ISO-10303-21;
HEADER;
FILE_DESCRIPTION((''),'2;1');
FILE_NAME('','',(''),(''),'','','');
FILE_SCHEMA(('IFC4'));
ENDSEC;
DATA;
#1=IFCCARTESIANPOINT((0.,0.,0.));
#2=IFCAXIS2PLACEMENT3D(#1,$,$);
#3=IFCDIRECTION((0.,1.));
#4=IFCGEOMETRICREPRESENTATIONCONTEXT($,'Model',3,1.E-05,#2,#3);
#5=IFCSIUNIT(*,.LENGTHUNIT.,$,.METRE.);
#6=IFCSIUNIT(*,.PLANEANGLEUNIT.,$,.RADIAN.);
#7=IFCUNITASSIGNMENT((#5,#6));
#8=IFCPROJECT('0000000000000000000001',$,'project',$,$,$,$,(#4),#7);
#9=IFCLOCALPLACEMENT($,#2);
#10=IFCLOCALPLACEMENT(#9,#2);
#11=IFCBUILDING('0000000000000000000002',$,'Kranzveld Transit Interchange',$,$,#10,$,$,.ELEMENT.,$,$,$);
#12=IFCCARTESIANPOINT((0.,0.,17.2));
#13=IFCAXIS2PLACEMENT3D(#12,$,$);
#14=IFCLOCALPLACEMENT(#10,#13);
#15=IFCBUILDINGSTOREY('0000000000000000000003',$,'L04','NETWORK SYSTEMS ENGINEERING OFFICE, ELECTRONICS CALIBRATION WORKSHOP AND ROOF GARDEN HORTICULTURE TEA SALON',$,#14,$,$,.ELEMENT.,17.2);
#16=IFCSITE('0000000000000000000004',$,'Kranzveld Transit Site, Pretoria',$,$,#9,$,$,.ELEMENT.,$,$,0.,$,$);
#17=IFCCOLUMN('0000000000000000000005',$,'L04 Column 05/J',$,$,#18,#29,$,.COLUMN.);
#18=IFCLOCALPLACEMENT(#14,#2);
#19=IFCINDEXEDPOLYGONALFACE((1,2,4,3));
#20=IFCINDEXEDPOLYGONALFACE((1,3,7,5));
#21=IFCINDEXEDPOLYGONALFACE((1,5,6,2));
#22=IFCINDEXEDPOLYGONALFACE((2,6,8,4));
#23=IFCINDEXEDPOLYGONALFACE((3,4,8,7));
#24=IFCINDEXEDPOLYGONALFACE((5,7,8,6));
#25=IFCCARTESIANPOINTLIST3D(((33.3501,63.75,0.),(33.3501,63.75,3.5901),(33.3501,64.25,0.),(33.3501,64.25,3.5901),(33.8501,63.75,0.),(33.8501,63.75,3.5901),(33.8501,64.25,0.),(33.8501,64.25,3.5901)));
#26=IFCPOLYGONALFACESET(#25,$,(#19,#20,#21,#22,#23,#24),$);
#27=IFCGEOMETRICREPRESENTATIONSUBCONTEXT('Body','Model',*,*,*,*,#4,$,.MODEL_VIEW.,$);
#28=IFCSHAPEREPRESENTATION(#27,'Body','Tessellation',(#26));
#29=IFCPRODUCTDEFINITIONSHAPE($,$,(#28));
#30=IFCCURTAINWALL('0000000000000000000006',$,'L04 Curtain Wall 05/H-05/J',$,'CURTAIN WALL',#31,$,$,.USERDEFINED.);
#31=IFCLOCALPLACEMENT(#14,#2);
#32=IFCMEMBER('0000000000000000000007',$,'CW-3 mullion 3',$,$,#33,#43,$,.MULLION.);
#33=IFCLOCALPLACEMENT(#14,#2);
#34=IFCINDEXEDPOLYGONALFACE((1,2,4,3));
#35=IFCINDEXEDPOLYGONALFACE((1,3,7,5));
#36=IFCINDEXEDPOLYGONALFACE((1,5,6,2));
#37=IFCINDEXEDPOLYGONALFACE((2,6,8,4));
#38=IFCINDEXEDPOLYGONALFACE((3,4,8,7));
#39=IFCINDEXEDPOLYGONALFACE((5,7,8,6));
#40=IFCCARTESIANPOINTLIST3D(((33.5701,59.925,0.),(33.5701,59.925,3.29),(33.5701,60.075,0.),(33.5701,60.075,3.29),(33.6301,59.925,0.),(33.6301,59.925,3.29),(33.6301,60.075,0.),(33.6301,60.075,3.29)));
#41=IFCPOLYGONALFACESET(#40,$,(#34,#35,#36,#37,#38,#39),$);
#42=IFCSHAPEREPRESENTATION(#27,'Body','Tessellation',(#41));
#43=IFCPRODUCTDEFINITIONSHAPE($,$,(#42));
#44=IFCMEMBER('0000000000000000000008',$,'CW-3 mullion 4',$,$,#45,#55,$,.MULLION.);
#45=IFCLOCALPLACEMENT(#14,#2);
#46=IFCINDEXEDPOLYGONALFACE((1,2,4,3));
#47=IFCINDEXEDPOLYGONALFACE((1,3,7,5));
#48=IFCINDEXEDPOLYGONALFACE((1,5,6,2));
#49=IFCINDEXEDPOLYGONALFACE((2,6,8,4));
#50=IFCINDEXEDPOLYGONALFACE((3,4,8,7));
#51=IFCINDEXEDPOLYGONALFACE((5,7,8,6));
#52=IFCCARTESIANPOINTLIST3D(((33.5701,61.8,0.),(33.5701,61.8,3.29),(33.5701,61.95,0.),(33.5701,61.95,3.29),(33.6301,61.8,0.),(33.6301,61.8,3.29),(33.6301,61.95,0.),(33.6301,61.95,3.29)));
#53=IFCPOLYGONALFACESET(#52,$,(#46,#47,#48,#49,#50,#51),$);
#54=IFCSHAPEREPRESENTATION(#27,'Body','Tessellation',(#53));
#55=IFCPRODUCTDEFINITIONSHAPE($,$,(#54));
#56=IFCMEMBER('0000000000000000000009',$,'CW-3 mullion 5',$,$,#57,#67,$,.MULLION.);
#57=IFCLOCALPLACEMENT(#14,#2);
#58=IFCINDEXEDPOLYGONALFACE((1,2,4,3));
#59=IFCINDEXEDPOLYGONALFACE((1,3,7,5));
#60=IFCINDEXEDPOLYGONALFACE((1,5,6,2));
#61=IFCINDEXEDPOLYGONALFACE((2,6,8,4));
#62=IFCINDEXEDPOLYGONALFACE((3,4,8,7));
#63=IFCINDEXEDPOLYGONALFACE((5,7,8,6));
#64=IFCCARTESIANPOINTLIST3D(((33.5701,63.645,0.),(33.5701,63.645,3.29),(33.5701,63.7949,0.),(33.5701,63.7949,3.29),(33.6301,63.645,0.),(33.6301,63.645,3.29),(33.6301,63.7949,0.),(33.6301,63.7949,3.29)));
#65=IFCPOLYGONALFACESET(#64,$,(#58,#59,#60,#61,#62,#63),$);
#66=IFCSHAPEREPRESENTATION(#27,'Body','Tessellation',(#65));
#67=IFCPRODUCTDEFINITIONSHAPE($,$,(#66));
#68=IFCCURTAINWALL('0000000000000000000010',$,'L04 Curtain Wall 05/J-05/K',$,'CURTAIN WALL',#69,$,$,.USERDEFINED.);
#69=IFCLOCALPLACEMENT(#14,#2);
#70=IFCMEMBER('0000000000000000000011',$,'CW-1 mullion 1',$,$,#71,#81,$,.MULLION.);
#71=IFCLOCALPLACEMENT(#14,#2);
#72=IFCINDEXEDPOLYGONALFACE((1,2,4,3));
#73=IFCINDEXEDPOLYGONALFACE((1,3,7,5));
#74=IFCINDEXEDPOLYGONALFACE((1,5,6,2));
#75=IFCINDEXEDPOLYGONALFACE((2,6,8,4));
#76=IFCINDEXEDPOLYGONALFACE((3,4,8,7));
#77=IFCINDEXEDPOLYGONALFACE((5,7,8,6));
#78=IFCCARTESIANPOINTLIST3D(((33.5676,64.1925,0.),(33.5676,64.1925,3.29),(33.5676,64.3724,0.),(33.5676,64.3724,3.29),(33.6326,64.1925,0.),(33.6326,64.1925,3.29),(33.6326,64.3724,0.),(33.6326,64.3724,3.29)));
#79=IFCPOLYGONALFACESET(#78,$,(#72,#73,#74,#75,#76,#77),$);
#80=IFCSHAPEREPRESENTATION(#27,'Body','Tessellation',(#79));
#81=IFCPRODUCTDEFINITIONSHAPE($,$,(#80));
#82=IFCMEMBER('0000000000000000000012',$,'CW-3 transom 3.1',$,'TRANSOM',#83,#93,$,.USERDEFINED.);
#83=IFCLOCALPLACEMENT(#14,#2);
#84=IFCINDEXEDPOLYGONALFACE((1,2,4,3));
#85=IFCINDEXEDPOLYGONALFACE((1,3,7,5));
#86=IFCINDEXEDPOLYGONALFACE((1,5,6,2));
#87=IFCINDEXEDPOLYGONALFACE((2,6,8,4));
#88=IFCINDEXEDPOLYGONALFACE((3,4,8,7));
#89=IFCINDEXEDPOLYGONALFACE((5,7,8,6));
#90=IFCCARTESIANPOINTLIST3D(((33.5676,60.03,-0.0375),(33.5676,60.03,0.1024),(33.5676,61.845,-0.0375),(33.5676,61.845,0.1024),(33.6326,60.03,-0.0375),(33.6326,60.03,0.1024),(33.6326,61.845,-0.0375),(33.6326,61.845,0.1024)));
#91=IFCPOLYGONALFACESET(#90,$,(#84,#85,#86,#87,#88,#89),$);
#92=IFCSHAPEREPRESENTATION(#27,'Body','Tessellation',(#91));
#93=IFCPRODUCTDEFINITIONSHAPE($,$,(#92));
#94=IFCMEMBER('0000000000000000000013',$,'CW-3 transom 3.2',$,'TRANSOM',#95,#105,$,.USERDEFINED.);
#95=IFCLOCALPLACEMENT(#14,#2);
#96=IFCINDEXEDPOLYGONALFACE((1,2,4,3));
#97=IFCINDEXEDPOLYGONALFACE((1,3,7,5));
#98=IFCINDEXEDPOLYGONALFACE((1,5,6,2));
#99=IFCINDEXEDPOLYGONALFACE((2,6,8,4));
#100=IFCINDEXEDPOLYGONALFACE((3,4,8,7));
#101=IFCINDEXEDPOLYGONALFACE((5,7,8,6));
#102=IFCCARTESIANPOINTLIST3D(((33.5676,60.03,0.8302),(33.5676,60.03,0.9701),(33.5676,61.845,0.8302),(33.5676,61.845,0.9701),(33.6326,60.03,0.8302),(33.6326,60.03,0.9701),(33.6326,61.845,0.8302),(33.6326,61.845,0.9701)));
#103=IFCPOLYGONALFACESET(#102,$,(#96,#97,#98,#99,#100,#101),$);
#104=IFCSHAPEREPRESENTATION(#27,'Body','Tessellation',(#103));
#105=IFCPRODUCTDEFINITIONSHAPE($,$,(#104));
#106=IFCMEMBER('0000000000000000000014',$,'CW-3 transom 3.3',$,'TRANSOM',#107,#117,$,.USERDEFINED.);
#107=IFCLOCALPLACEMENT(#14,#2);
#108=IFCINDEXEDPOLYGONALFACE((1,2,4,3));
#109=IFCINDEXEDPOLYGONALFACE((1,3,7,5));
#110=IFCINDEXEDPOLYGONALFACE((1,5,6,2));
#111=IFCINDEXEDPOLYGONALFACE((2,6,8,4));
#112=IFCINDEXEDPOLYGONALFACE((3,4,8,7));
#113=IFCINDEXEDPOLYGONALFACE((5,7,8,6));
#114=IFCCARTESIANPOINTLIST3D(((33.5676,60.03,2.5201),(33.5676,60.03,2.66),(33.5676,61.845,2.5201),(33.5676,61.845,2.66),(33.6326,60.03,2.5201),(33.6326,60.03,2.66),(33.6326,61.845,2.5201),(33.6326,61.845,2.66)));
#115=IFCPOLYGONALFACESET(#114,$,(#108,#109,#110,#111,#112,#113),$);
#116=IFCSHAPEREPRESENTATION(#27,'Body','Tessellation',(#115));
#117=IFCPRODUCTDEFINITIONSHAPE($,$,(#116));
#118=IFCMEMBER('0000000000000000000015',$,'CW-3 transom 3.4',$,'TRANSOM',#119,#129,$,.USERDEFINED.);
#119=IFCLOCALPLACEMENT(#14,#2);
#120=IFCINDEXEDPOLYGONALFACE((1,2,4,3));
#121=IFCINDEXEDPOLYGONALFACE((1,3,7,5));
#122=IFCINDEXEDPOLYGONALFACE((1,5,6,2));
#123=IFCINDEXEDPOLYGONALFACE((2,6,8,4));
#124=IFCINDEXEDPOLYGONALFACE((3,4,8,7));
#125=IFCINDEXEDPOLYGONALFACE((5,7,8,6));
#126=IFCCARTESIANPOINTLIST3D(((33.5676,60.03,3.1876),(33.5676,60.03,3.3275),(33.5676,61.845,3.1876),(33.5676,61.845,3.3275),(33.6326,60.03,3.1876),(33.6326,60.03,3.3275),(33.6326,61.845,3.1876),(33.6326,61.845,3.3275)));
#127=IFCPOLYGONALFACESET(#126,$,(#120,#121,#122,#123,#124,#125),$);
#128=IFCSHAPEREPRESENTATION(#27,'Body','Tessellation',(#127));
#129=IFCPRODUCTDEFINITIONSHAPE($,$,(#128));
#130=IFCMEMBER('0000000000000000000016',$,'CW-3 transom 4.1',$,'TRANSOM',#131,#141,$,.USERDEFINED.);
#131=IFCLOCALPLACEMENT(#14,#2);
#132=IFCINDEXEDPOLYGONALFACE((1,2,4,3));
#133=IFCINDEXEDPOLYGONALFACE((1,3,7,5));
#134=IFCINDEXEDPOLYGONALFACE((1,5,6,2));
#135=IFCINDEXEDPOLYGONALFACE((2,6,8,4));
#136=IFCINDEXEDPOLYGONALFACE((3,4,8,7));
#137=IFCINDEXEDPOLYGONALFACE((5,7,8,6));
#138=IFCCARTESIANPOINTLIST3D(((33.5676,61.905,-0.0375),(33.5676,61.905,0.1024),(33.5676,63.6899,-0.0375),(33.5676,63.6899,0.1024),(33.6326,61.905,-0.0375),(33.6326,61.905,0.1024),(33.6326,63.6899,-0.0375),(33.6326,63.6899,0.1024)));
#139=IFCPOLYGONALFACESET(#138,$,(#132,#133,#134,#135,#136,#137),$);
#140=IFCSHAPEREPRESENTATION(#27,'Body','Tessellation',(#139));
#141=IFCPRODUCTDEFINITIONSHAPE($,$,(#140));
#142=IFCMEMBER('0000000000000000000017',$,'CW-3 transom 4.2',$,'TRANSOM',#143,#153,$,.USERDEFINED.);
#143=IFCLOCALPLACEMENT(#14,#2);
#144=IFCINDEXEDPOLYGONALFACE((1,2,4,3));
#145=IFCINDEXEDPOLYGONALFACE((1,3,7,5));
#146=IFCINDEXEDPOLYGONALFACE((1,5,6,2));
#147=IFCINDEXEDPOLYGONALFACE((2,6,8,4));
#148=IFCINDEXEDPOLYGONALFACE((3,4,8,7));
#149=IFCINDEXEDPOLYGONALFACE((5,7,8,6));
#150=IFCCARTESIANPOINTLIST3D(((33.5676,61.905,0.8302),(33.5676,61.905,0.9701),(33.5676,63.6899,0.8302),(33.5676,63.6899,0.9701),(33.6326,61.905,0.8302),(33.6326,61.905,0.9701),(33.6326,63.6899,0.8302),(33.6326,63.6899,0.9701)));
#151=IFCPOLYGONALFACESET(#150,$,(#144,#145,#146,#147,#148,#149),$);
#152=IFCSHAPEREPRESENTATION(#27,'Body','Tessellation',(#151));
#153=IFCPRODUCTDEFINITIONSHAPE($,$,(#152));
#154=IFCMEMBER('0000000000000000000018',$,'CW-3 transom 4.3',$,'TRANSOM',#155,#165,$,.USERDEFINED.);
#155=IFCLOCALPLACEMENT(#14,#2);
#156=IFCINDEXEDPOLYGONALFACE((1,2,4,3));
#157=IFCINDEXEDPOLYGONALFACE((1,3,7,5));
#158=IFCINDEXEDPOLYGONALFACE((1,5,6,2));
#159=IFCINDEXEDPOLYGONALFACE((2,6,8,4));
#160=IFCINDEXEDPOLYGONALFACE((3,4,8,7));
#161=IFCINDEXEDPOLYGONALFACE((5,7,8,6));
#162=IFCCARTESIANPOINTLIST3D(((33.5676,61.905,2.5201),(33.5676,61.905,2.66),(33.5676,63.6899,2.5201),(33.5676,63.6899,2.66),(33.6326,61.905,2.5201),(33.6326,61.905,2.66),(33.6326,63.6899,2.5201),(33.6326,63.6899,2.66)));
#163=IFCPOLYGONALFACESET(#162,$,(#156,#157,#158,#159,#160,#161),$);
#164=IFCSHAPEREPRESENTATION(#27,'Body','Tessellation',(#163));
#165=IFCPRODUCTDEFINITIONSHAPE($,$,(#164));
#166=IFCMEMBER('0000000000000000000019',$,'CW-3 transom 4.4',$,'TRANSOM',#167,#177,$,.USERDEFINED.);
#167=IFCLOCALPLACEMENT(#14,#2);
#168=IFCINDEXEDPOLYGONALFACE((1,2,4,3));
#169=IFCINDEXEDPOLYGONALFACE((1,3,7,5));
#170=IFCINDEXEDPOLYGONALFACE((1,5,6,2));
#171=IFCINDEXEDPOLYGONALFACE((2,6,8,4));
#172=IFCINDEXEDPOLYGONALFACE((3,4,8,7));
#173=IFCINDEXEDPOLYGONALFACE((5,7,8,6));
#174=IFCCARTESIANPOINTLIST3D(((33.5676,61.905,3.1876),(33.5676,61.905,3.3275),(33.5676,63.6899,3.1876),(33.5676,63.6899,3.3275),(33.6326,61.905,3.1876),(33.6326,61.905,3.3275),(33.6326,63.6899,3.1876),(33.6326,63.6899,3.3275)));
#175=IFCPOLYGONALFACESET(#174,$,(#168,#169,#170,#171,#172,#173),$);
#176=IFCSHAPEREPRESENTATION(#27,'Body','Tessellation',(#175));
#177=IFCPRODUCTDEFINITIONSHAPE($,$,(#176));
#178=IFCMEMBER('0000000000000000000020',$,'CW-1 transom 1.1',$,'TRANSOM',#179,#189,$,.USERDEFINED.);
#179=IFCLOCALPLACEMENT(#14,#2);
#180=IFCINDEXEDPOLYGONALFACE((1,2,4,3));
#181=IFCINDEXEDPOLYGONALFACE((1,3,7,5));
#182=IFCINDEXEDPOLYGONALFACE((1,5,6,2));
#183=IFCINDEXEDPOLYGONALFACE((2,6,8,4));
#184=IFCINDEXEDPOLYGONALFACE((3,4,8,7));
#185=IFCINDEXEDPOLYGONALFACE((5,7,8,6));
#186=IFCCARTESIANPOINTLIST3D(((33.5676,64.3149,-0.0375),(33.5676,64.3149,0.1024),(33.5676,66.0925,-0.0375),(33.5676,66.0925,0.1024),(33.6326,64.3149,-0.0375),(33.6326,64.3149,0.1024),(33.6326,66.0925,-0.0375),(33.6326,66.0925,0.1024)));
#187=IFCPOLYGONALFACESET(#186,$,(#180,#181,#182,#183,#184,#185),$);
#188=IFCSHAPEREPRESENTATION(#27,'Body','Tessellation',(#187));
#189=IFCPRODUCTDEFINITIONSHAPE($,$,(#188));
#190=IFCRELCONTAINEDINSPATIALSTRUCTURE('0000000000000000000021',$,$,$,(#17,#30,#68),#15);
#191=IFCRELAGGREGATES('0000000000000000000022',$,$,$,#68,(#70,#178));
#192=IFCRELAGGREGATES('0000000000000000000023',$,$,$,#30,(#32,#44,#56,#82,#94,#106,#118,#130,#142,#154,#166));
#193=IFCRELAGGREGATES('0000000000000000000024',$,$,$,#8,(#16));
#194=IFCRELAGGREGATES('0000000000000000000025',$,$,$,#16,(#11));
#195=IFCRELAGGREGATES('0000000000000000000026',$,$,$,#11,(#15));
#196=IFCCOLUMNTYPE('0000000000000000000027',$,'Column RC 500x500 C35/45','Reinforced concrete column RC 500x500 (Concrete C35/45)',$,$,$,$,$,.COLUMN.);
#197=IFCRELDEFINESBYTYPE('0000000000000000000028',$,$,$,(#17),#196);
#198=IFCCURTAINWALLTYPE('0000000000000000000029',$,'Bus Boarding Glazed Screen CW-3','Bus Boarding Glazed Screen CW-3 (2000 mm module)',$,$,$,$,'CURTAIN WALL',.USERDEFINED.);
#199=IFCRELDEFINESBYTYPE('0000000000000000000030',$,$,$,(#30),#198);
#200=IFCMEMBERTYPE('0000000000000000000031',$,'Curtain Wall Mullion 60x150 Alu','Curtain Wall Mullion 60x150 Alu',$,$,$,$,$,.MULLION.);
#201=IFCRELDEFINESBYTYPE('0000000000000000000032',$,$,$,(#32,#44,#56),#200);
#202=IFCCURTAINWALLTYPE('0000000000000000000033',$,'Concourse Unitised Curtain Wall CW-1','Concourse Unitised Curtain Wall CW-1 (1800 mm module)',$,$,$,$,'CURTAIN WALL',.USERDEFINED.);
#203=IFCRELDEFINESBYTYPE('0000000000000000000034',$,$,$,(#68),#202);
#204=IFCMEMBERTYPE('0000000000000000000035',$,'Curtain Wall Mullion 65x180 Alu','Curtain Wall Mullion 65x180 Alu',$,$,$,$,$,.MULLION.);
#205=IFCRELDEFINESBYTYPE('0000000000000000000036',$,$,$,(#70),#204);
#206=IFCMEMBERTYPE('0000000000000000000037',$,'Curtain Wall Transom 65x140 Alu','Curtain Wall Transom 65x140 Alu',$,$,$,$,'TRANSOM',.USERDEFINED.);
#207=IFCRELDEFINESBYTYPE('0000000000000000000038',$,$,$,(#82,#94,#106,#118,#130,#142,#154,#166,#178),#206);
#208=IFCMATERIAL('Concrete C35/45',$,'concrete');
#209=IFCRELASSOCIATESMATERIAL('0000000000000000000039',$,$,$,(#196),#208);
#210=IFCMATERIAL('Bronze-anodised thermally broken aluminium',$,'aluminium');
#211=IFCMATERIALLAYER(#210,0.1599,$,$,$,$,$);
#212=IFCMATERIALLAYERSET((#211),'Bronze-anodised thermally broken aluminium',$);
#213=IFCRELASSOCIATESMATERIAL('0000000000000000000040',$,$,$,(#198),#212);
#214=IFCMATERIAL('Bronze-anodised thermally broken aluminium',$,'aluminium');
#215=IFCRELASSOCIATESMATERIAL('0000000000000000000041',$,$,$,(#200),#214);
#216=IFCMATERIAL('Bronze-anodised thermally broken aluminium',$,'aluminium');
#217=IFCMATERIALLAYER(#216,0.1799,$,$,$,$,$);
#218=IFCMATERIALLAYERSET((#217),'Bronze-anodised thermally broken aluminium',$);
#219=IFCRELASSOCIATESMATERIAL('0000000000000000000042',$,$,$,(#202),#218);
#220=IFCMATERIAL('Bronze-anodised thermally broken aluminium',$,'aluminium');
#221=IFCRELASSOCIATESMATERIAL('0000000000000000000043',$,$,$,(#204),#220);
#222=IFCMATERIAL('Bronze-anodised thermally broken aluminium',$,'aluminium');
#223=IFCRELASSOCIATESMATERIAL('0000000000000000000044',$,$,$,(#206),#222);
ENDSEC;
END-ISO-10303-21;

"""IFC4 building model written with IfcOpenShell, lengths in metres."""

from ifc_helpers import new_model, si_unit, direction, frame, origin, origin_2d, place, context, subcontext, project, spatial, rectangle, extrude, material, layer, layer_set, material_profile, profile_set, type_object, element, aggregate, save


model = new_model("IFC4")

# Units and contexts
model_context = context("Model", 3, precision=1e-05, world=origin(), true_north=direction((0.0, 1.0)))
body_context = subcontext(model_context, "Body", "Model", "MODEL_VIEW")
ifc_project = project(units=[si_unit("LENGTHUNIT", "METRE"), si_unit("PLANEANGLEUNIT", "RADIAN")], contexts=[model_context])

# Site, building, storey
site_placement = place(None, origin())
site = spatial("IfcSite", under=ifc_project, at=site_placement, Name="Kranzveld Transit Site, Pretoria", CompositionType="ELEMENT", RefElevation=0.0)
building_placement = place(site_placement, origin())
building = spatial("IfcBuilding", under=site, at=building_placement, Name="Kranzveld Transit Interchange", CompositionType="ELEMENT")
storey_placement = place(building_placement, frame((0.0, 0.0, 17.2)))
storey = spatial("IfcBuildingStorey", under=building, at=storey_placement, Name="L04", Description="NETWORK SYSTEMS ENGINEERING OFFICE, ELECTRONICS CALIBRATION WORKSHOP AND ROOF GARDEN HORTICULTURE TEA SALON", CompositionType="ELEMENT", Elevation=17.2)

# Column
ifc_material_1 = material(Name="Concrete C35/45", Category="concrete")
ifc_material_profile_1 = material_profile(ifc_material_1, rectangle(XDim=0.5, YDim=0.5, at=origin_2d()), Name="RC 500x500")
ifc_profile_set_1 = profile_set([ifc_material_profile_1], Name="Concrete C35/45")
column_type = type_object("IfcColumnType", Name="Column RC 500x500 C35/45", Description="Reinforced concrete column RC 500x500 (Concrete C35/45)", PredefinedType="COLUMN", material=ifc_profile_set_1)
column_placement = place(storey_placement, frame((33.6001, 64.0, 0.0), z_axis=(0.0, 0.0, 1.0), x_axis=(1.0, 0.0, 0.0)))
element("IfcColumn", 1, at=column_placement, inside=storey, type_object=column_type, Name="L04 Column 05/J", PredefinedType="COLUMN", context=body_context, shape_type="SweptSolid", body=[
    extrude(rectangle(XDim=0.5, YDim=0.5, at=origin_2d()), origin(), (0.0, 0.0, 1.0), 3.5901),
])

# Curtain wall, members
ifc_material_2 = material(Name="Bronze-anodised thermally broken aluminium", Category="aluminium")
ifc_layer_1 = layer(ifc_material_2, 0.1599)
ifc_layer_set_1 = layer_set([ifc_layer_1], Name="Bronze-anodised thermally broken aluminium")
curtain_wall_type_1 = type_object("IfcCurtainWallType", Name="Bus Boarding Glazed Screen CW-3", Description="Bus Boarding Glazed Screen CW-3 (2000 mm module)", ElementType="CURTAIN WALL", PredefinedType="USERDEFINED", material=ifc_layer_set_1)
curtain_wall_1_placement = place(storey_placement, origin())
curtain_wall_1 = element("IfcCurtainWall", 2, at=curtain_wall_1_placement, inside=storey, type_object=curtain_wall_type_1, Name="L04 Curtain Wall 05/H-05/J", ObjectType="CURTAIN WALL", PredefinedType="USERDEFINED")
ifc_material_3 = material(Name="Bronze-anodised thermally broken aluminium", Category="aluminium")
ifc_material_profile_2 = material_profile(ifc_material_3, rectangle(XDim=0.0601, YDim=0.1499, at=origin_2d()), Name="ALU MULLION 60x150")
ifc_profile_set_2 = profile_set([ifc_material_profile_2], Name="Bronze-anodised thermally broken aluminium")
member_type_1 = type_object("IfcMemberType", Name="Curtain Wall Mullion 60x150 Alu", Description="Curtain Wall Mullion 60x150 Alu", PredefinedType="MULLION", material=ifc_profile_set_2)
member_1_placement = place(storey_placement, frame((33.6001, 60.0, 0.0), z_axis=(0.0, 0.0, 1.0), x_axis=(-1.0, 0.0, 0.0)))
member_1 = element("IfcMember", 3, at=member_1_placement, type_object=member_type_1, Name="CW-3 mullion 3", PredefinedType="MULLION", context=body_context, shape_type="SweptSolid", body=[
    extrude(rectangle(XDim=0.0601, YDim=0.1499, at=origin_2d()), origin(), (0.0, 0.0, 1.0), 3.29),
])
member_2_placement = place(storey_placement, frame((33.6001, 61.875, 0.0), z_axis=(0.0, 0.0, 1.0), x_axis=(-1.0, 0.0, 0.0)))
member_2 = element("IfcMember", 4, at=member_2_placement, type_object=member_type_1, Name="CW-3 mullion 4", PredefinedType="MULLION", context=body_context, shape_type="SweptSolid", body=[
    extrude(rectangle(XDim=0.0601, YDim=0.1499, at=origin_2d()), origin(), (0.0, 0.0, 1.0), 3.29),
])
member_3_placement = place(storey_placement, frame((33.6001, 63.72, 0.0), z_axis=(0.0, 0.0, 1.0), x_axis=(-1.0, 0.0, 0.0)))
member_3 = element("IfcMember", 5, at=member_3_placement, type_object=member_type_1, Name="CW-3 mullion 5", PredefinedType="MULLION", context=body_context, shape_type="SweptSolid", body=[
    extrude(rectangle(XDim=0.0601, YDim=0.1499, at=origin_2d()), origin(), (0.0, 0.0, 1.0), 3.29),
])

# Curtain wall, member
ifc_material_4 = material(Name="Bronze-anodised thermally broken aluminium", Category="aluminium")
ifc_layer_2 = layer(ifc_material_4, 0.1799)
ifc_layer_set_2 = layer_set([ifc_layer_2], Name="Bronze-anodised thermally broken aluminium")
curtain_wall_type_2 = type_object("IfcCurtainWallType", Name="Concourse Unitised Curtain Wall CW-1", Description="Concourse Unitised Curtain Wall CW-1 (1800 mm module)", ElementType="CURTAIN WALL", PredefinedType="USERDEFINED", material=ifc_layer_set_2)
curtain_wall_2_placement = place(storey_placement, origin())
curtain_wall_2 = element("IfcCurtainWall", 6, at=curtain_wall_2_placement, inside=storey, type_object=curtain_wall_type_2, Name="L04 Curtain Wall 05/J-05/K", ObjectType="CURTAIN WALL", PredefinedType="USERDEFINED")
ifc_material_5 = material(Name="Bronze-anodised thermally broken aluminium", Category="aluminium")
ifc_material_profile_3 = material_profile(ifc_material_5, rectangle(XDim=0.0649, YDim=0.1799, at=origin_2d()), Name="ALU MULLION 65x180")
ifc_profile_set_3 = profile_set([ifc_material_profile_3], Name="Bronze-anodised thermally broken aluminium")
member_type_2 = type_object("IfcMemberType", Name="Curtain Wall Mullion 65x180 Alu", Description="Curtain Wall Mullion 65x180 Alu", PredefinedType="MULLION", material=ifc_profile_set_3)
member_4_placement = place(storey_placement, frame((33.6001, 64.2825, 0.0), z_axis=(0.0, 0.0, 1.0), x_axis=(-1.0, 0.0, 0.0)))
member_4 = element("IfcMember", 7, at=member_4_placement, type_object=member_type_2, Name="CW-1 mullion 1", PredefinedType="MULLION", context=body_context, shape_type="SweptSolid", body=[
    extrude(rectangle(XDim=0.0649, YDim=0.1799, at=origin_2d()), origin(), (0.0, 0.0, 1.0), 3.29),
])

# Members
ifc_material_6 = material(Name="Bronze-anodised thermally broken aluminium", Category="aluminium")
ifc_material_profile_4 = material_profile(ifc_material_6, rectangle(XDim=0.0649, YDim=0.1399, at=origin_2d()), Name="ALU TRANSOM 65x140")
ifc_profile_set_4 = profile_set([ifc_material_profile_4], Name="Bronze-anodised thermally broken aluminium")
member_type_3 = type_object("IfcMemberType", Name="Curtain Wall Transom 65x140 Alu", Description="Curtain Wall Transom 65x140 Alu", ElementType="TRANSOM", PredefinedType="USERDEFINED", material=ifc_profile_set_4)
member_5_placement = place(storey_placement, frame((33.6001, 60.03, 0.0325), z_axis=(0.0, 1.0, 0.0), x_axis=(-1.0, 0.0, 0.0)))
member_5 = element("IfcMember", 8, at=member_5_placement, type_object=member_type_3, Name="CW-3 transom 3.1", ObjectType="TRANSOM", PredefinedType="USERDEFINED", context=body_context, shape_type="SweptSolid", body=[
    extrude(rectangle(XDim=0.0649, YDim=0.1399, at=origin_2d()), origin(), (0.0, 0.0, 1.0), 1.8149),
])
member_6_placement = place(storey_placement, frame((33.6001, 60.03, 0.9001), z_axis=(0.0, 1.0, 0.0), x_axis=(-1.0, 0.0, 0.0)))
member_6 = element("IfcMember", 9, at=member_6_placement, type_object=member_type_3, Name="CW-3 transom 3.2", ObjectType="TRANSOM", PredefinedType="USERDEFINED", context=body_context, shape_type="SweptSolid", body=[
    extrude(rectangle(XDim=0.0649, YDim=0.1399, at=origin_2d()), origin(), (0.0, 0.0, 1.0), 1.8149),
])
member_7_placement = place(storey_placement, frame((33.6001, 60.03, 2.5901), z_axis=(0.0, 1.0, 0.0), x_axis=(-1.0, 0.0, 0.0)))
member_7 = element("IfcMember", 10, at=member_7_placement, type_object=member_type_3, Name="CW-3 transom 3.3", ObjectType="TRANSOM", PredefinedType="USERDEFINED", context=body_context, shape_type="SweptSolid", body=[
    extrude(rectangle(XDim=0.0649, YDim=0.1399, at=origin_2d()), origin(), (0.0, 0.0, 1.0), 1.8149),
])
member_8_placement = place(storey_placement, frame((33.6001, 60.03, 3.2576), z_axis=(0.0, 1.0, 0.0), x_axis=(-1.0, 0.0, 0.0)))
member_8 = element("IfcMember", 11, at=member_8_placement, type_object=member_type_3, Name="CW-3 transom 3.4", ObjectType="TRANSOM", PredefinedType="USERDEFINED", context=body_context, shape_type="SweptSolid", body=[
    extrude(rectangle(XDim=0.0649, YDim=0.1399, at=origin_2d()), origin(), (0.0, 0.0, 1.0), 1.8149),
])
member_9_placement = place(storey_placement, frame((33.6001, 61.905, 0.0325), z_axis=(0.0, 1.0, 0.0), x_axis=(-1.0, 0.0, 0.0)))
member_9 = element("IfcMember", 12, at=member_9_placement, type_object=member_type_3, Name="CW-3 transom 4.1", ObjectType="TRANSOM", PredefinedType="USERDEFINED", context=body_context, shape_type="SweptSolid", body=[
    extrude(rectangle(XDim=0.0649, YDim=0.1399, at=origin_2d()), origin(), (0.0, 0.0, 1.0), 1.7849),
])
member_10_placement = place(storey_placement, frame((33.6001, 61.905, 0.9001), z_axis=(0.0, 1.0, 0.0), x_axis=(-1.0, 0.0, 0.0)))
member_10 = element("IfcMember", 13, at=member_10_placement, type_object=member_type_3, Name="CW-3 transom 4.2", ObjectType="TRANSOM", PredefinedType="USERDEFINED", context=body_context, shape_type="SweptSolid", body=[
    extrude(rectangle(XDim=0.0649, YDim=0.1399, at=origin_2d()), origin(), (0.0, 0.0, 1.0), 1.7849),
])
member_11_placement = place(storey_placement, frame((33.6001, 61.905, 2.5901), z_axis=(0.0, 1.0, 0.0), x_axis=(-1.0, 0.0, 0.0)))
member_11 = element("IfcMember", 14, at=member_11_placement, type_object=member_type_3, Name="CW-3 transom 4.3", ObjectType="TRANSOM", PredefinedType="USERDEFINED", context=body_context, shape_type="SweptSolid", body=[
    extrude(rectangle(XDim=0.0649, YDim=0.1399, at=origin_2d()), origin(), (0.0, 0.0, 1.0), 1.7849),
])
member_12_placement = place(storey_placement, frame((33.6001, 61.905, 3.2576), z_axis=(0.0, 1.0, 0.0), x_axis=(-1.0, 0.0, 0.0)))
member_12 = element("IfcMember", 15, at=member_12_placement, type_object=member_type_3, Name="CW-3 transom 4.4", ObjectType="TRANSOM", PredefinedType="USERDEFINED", context=body_context, shape_type="SweptSolid", body=[
    extrude(rectangle(XDim=0.0649, YDim=0.1399, at=origin_2d()), origin(), (0.0, 0.0, 1.0), 1.7849),
])
member_13_placement = place(storey_placement, frame((33.6001, 64.3149, 0.0325), z_axis=(0.0, 1.0, 0.0), x_axis=(-1.0, 0.0, 0.0)))
member_13 = element("IfcMember", 16, at=member_13_placement, type_object=member_type_3, Name="CW-1 transom 1.1", ObjectType="TRANSOM", PredefinedType="USERDEFINED", context=body_context, shape_type="SweptSolid", body=[
    extrude(rectangle(XDim=0.0649, YDim=0.1399, at=origin_2d()), origin(), (0.0, 0.0, 1.0), 1.7776),
])

aggregate(curtain_wall_2, [member_4, member_13])
aggregate(curtain_wall_1, [member_1, member_2, member_3, member_5, member_6, member_7, member_8, member_9, member_10, member_11, member_12])

save(model, "model.ifc")
